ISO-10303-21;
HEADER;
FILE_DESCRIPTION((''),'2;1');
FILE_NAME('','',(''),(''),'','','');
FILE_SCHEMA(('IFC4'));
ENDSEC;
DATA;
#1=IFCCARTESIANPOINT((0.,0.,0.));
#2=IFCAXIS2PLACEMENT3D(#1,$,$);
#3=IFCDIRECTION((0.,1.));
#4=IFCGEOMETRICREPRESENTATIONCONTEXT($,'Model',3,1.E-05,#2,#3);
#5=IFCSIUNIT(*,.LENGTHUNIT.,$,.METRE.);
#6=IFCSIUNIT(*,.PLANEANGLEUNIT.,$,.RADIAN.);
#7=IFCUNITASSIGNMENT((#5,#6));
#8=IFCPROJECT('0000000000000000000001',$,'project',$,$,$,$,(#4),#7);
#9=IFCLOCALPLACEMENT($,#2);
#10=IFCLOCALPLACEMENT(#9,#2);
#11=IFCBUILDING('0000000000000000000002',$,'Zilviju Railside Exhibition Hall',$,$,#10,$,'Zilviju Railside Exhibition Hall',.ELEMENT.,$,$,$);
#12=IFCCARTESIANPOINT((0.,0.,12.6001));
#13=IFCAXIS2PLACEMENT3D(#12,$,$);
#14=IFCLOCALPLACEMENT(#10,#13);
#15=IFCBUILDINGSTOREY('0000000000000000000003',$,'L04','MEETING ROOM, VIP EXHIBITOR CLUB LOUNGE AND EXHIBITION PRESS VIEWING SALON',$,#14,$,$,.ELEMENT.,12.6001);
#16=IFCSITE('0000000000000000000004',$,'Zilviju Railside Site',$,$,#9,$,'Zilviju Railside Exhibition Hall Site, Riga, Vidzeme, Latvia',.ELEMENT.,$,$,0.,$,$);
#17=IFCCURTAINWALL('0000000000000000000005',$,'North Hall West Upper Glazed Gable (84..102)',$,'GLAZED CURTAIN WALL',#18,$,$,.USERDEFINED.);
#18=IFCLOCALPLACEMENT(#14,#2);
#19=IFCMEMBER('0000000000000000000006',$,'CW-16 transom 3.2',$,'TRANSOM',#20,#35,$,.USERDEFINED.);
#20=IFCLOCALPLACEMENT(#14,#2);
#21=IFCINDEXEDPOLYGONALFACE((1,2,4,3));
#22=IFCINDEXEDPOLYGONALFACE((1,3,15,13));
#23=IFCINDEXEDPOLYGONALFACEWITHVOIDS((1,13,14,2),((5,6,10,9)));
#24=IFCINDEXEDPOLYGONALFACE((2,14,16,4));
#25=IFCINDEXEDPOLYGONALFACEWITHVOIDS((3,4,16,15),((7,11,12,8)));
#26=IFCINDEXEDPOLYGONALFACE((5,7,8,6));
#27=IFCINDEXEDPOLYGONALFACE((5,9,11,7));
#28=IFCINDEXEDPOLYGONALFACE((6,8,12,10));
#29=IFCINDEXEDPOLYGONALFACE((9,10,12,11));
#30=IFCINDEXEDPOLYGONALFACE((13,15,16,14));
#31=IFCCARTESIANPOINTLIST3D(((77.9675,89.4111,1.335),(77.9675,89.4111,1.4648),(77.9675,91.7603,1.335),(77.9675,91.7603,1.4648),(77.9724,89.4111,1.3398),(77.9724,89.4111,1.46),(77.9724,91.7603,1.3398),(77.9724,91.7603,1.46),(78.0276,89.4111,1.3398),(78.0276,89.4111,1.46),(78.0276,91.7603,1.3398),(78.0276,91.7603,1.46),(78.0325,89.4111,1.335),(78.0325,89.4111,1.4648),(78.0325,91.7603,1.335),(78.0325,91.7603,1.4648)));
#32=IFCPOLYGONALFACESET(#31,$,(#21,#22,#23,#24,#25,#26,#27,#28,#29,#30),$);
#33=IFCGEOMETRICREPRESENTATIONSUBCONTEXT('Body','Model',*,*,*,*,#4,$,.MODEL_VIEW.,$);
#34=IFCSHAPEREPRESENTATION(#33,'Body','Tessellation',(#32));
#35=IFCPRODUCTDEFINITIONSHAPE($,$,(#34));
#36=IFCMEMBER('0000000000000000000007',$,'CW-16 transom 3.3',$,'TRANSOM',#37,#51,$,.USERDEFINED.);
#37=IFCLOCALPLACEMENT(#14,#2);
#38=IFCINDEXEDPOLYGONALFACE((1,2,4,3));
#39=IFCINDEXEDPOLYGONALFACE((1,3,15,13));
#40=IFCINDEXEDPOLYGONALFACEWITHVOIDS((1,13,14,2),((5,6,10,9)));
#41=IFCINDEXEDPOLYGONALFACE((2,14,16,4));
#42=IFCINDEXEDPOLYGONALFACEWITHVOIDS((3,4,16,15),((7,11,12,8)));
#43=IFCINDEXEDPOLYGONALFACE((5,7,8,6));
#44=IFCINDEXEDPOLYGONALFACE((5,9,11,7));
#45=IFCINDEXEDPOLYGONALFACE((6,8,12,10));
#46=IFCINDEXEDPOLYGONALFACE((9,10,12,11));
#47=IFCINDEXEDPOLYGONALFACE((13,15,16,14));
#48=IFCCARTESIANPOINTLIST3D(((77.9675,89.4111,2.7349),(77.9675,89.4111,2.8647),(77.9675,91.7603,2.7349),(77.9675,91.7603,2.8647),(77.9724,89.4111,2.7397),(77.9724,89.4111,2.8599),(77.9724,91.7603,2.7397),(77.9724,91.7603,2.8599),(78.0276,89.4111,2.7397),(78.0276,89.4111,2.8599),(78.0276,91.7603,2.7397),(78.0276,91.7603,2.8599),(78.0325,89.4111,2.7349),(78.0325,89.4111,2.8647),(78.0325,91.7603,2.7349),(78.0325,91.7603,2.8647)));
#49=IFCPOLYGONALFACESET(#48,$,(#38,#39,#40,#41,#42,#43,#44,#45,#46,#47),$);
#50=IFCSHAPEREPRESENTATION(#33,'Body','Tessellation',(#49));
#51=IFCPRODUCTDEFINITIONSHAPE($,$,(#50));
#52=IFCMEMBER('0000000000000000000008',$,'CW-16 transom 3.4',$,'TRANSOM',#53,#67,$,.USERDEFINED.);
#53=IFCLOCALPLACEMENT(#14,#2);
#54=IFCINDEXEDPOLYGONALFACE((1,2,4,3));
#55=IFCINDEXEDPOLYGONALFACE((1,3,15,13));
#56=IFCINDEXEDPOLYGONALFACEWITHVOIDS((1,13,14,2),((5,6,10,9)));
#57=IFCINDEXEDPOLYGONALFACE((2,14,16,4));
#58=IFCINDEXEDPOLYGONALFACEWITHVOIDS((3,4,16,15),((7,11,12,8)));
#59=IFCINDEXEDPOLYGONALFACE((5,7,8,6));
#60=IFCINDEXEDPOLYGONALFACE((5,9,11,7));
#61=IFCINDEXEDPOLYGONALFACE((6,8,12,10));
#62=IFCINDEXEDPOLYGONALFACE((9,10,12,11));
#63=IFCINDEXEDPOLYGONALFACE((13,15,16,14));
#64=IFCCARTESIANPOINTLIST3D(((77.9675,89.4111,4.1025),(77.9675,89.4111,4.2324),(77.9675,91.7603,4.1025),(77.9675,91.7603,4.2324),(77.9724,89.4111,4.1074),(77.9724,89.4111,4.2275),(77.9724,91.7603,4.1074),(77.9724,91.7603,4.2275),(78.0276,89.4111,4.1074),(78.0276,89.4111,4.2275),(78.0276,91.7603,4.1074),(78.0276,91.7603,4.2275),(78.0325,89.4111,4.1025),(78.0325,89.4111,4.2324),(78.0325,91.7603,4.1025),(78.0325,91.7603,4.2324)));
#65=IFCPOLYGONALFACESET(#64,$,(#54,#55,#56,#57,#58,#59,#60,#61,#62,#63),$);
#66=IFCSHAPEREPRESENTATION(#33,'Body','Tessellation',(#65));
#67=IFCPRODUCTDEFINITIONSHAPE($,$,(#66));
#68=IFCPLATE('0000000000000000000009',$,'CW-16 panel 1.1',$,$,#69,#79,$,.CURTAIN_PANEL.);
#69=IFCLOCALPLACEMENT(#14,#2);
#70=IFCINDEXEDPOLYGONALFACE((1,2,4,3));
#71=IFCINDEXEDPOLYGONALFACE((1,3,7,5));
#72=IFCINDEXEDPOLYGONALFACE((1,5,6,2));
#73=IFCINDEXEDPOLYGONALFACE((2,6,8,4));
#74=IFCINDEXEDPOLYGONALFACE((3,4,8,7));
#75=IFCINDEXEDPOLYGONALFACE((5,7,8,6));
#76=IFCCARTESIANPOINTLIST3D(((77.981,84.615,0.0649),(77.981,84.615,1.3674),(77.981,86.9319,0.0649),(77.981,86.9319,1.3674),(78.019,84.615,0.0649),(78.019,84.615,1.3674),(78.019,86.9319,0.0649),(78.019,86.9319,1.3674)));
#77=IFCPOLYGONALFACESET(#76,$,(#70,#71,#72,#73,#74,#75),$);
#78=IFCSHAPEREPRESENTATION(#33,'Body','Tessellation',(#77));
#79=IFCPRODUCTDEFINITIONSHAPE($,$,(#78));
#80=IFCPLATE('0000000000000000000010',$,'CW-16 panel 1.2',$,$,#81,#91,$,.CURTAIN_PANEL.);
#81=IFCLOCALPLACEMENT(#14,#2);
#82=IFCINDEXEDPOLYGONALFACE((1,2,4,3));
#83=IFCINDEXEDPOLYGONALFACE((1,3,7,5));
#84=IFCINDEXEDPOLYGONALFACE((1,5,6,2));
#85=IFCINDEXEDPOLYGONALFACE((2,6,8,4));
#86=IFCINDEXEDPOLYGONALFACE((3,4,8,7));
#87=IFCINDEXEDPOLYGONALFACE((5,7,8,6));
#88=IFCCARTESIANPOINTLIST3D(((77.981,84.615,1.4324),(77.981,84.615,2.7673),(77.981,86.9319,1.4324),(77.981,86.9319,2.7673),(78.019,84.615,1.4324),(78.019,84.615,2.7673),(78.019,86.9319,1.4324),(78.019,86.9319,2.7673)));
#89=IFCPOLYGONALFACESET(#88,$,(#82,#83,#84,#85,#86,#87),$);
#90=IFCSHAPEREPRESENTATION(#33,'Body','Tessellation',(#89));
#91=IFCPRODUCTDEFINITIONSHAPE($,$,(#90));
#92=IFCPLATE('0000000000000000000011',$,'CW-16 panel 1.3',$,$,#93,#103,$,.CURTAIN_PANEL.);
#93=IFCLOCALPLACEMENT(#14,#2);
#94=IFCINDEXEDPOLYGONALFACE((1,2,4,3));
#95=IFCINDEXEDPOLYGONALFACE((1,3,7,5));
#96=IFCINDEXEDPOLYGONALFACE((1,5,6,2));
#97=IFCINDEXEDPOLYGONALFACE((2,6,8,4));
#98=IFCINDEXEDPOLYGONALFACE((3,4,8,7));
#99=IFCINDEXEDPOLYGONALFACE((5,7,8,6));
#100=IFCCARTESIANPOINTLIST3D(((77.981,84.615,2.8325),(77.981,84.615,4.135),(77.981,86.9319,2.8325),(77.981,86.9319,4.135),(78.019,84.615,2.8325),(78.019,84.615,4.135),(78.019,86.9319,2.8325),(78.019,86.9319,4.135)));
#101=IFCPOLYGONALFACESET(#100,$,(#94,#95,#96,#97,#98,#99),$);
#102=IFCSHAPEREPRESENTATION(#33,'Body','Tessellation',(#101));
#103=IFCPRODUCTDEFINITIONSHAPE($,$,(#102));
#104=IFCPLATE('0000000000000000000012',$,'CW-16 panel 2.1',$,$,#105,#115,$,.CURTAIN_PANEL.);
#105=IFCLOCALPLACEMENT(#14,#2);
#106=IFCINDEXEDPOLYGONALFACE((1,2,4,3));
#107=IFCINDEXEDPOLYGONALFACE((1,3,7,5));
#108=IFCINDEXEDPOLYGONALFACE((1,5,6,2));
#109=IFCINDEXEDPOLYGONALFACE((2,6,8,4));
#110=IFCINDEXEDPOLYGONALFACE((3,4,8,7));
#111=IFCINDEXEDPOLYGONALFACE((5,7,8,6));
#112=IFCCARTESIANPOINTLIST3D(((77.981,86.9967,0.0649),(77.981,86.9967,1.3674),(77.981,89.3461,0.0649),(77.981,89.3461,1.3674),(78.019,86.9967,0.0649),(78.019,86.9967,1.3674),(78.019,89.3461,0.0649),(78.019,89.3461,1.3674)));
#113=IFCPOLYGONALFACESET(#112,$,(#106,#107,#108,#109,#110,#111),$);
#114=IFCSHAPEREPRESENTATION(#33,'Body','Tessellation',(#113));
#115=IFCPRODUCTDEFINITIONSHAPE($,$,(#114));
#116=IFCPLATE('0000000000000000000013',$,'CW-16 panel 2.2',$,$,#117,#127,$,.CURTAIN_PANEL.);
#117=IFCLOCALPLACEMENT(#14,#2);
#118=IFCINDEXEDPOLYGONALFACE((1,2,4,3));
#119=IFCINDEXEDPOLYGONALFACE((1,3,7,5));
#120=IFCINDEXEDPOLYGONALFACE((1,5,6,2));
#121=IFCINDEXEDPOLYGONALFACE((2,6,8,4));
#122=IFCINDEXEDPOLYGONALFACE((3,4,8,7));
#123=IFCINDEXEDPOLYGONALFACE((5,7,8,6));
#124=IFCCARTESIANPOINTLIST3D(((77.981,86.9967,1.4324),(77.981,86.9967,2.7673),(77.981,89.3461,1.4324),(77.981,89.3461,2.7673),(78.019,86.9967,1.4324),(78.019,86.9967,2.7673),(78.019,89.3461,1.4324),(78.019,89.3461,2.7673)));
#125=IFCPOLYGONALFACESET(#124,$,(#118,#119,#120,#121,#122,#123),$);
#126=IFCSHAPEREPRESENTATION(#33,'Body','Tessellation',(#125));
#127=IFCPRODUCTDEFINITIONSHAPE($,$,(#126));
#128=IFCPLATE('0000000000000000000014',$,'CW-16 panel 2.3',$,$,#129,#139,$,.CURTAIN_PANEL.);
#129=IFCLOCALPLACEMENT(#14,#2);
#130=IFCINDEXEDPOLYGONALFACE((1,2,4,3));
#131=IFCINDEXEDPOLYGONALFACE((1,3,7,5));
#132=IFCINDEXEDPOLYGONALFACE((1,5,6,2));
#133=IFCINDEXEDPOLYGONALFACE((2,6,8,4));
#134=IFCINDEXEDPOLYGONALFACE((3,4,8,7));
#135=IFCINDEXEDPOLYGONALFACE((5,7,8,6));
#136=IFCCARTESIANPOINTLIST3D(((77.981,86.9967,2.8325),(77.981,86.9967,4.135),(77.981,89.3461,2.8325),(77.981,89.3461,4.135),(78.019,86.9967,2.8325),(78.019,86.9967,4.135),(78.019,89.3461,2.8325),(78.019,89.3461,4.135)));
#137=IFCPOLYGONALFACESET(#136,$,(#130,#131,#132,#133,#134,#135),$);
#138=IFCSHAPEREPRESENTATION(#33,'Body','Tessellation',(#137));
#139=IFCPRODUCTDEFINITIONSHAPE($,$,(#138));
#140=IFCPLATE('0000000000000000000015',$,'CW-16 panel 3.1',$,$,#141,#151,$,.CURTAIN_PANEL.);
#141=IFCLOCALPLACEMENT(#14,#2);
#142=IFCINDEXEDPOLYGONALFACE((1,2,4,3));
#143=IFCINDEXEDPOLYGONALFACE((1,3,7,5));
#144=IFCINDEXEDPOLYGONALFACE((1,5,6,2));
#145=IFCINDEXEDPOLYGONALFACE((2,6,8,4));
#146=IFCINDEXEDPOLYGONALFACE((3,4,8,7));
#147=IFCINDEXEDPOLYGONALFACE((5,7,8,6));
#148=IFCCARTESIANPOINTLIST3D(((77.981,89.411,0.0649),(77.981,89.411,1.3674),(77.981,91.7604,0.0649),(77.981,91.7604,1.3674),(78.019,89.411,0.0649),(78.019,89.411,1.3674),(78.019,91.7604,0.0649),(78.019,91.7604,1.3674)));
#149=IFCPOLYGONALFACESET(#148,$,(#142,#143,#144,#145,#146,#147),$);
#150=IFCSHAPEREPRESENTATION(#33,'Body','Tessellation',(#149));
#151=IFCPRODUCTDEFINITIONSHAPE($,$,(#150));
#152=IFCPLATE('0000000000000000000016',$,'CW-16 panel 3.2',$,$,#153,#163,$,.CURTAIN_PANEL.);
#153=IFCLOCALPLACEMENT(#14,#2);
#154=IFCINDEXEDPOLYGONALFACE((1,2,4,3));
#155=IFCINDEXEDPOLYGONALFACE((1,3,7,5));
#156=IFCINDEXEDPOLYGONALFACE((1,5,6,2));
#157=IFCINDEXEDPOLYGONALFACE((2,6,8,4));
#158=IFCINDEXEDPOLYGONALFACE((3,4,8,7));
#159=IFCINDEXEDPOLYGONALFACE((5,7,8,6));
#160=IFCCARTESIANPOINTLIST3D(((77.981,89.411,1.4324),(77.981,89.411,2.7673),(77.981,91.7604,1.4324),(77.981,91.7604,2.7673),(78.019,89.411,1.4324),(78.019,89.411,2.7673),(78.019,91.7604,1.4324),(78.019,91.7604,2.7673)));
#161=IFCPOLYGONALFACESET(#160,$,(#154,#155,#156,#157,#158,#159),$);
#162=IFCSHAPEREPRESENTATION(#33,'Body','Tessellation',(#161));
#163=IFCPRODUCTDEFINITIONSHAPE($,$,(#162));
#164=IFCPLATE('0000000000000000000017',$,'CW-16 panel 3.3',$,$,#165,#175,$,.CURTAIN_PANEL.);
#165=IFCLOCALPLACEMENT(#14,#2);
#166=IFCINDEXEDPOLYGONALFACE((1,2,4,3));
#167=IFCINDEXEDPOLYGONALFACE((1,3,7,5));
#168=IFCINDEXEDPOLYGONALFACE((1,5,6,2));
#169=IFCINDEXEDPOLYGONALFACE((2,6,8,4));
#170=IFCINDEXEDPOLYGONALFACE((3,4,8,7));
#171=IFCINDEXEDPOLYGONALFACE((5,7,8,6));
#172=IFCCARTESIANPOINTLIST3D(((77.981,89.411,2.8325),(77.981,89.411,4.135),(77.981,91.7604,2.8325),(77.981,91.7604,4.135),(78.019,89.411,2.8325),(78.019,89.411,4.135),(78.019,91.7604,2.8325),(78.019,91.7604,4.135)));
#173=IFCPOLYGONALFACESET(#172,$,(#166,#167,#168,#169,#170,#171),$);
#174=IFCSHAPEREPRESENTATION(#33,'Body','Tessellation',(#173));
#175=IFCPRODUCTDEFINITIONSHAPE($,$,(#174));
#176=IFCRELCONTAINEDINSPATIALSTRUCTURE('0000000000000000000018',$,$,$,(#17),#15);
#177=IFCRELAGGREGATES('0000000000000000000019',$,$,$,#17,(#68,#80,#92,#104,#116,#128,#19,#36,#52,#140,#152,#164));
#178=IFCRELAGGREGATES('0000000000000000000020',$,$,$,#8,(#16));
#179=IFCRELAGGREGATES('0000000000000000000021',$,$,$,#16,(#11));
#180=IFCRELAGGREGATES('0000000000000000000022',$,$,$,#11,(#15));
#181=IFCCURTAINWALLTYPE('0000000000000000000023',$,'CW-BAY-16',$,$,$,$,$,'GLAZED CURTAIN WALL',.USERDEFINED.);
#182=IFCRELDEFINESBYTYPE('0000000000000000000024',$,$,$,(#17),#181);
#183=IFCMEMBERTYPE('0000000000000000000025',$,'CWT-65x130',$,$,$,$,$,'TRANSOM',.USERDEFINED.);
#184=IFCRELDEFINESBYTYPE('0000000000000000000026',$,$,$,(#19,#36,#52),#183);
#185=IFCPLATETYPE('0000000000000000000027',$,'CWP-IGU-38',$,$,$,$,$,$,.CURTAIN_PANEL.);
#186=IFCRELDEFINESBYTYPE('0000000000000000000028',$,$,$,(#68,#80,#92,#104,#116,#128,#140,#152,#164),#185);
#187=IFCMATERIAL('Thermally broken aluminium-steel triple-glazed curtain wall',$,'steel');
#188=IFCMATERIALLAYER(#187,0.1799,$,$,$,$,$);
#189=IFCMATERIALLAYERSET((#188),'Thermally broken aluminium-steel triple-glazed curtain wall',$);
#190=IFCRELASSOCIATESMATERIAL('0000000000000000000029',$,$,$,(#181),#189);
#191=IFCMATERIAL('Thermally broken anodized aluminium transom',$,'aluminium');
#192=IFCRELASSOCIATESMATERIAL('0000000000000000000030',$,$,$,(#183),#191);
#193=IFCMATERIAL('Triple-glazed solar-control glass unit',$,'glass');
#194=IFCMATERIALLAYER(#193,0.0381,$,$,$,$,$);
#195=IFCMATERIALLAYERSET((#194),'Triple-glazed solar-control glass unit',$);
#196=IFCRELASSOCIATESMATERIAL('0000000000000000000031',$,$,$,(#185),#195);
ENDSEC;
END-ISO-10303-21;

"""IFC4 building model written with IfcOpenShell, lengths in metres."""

from ifc_helpers import new_model, si_unit, direction, frame, origin, origin_2d, place, context, subcontext, project, spatial, rectangle, hollow_rectangle, extrude, material, layer, layer_set, material_profile, profile_set, type_object, element, aggregate, save


model = new_model("IFC4")

# Units and contexts
model_context = context("Model", 3, precision=1e-05, world=origin(), true_north=direction((0.0, 1.0)))
body_context = subcontext(model_context, "Body", "Model", "MODEL_VIEW")
ifc_project = project(units=[si_unit("LENGTHUNIT", "METRE"), si_unit("PLANEANGLEUNIT", "RADIAN")], contexts=[model_context])

# Site, building, storey
site_placement = place(None, origin())
site = spatial("IfcSite", under=ifc_project, at=site_placement, Name="Zilviju Railside Site", LongName="Zilviju Railside Exhibition Hall Site, Riga, Vidzeme, Latvia", CompositionType="ELEMENT", RefElevation=0.0)
building_placement = place(site_placement, origin())
building = spatial("IfcBuilding", under=site, at=building_placement, Name="Zilviju Railside Exhibition Hall", LongName="Zilviju Railside Exhibition Hall", CompositionType="ELEMENT")
storey_placement = place(building_placement, frame((0.0, 0.0, 12.6001)))
storey = spatial("IfcBuildingStorey", under=building, at=storey_placement, Name="L04", Description="MEETING ROOM, VIP EXHIBITOR CLUB LOUNGE AND EXHIBITION PRESS VIEWING SALON", CompositionType="ELEMENT", Elevation=12.6001)

# Curtain wall, members, plates
ifc_material_1 = material(Name="Thermally broken aluminium-steel triple-glazed curtain wall", Category="steel")
ifc_layer_1 = layer(ifc_material_1, 0.1799)
ifc_layer_set_1 = layer_set([ifc_layer_1], Name="Thermally broken aluminium-steel triple-glazed curtain wall")
curtain_wall_type = type_object("IfcCurtainWallType", Name="CW-BAY-16", ElementType="GLAZED CURTAIN WALL", PredefinedType="USERDEFINED", material=ifc_layer_set_1)
curtain_wall_placement = place(storey_placement, origin())
curtain_wall = element("IfcCurtainWall", 1, at=curtain_wall_placement, inside=storey, type_object=curtain_wall_type, Name="North Hall West Upper Glazed Gable (84..102)", ObjectType="GLAZED CURTAIN WALL", PredefinedType="USERDEFINED")
ifc_material_2 = material(Name="Thermally broken anodized aluminium transom", Category="aluminium")
ifc_material_profile_1 = material_profile(ifc_material_2, hollow_rectangle(XDim=0.0649, YDim=0.1299, WallThickness=0.0049, at=origin_2d()), Name="TRANSOM 130x65x5")
ifc_profile_set_1 = profile_set([ifc_material_profile_1], Name="Thermally broken anodized aluminium transom")
member_type_1 = type_object("IfcMemberType", Name="CWT-65x130", ElementType="TRANSOM", PredefinedType="USERDEFINED", material=ifc_profile_set_1)
member_1_placement = place(storey_placement, frame((78.0, 89.4111, 1.3999), z_axis=(0.0, 1.0, 0.0), x_axis=(-1.0, 0.0, 0.0)))
member_1 = element("IfcMember", 2, at=member_1_placement, type_object=member_type_1, Name="CW-16 transom 3.2", ObjectType="TRANSOM", PredefinedType="USERDEFINED", context=body_context, shape_type="SweptSolid", body=[
    extrude(hollow_rectangle(XDim=0.0649, YDim=0.1299, WallThickness=0.0049, at=origin_2d()), origin(), (0.0, 0.0, 1.0), 2.3491),
])
member_2_placement = place(storey_placement, frame((78.0, 89.4111, 2.7998), z_axis=(0.0, 1.0, 0.0), x_axis=(-1.0, 0.0, 0.0)))
member_2 = element("IfcMember", 3, at=member_2_placement, type_object=member_type_1, Name="CW-16 transom 3.3", ObjectType="TRANSOM", PredefinedType="USERDEFINED", context=body_context, shape_type="SweptSolid", body=[
    extrude(hollow_rectangle(XDim=0.0649, YDim=0.1299, WallThickness=0.0049, at=origin_2d()), origin(), (0.0, 0.0, 1.0), 2.3491),
])
member_3_placement = place(storey_placement, frame((78.0, 89.4111, 4.1675), z_axis=(0.0, 1.0, 0.0), x_axis=(-1.0, 0.0, 0.0)))
member_3 = element("IfcMember", 4, at=member_3_placement, type_object=member_type_1, Name="CW-16 transom 3.4", ObjectType="TRANSOM", PredefinedType="USERDEFINED", context=body_context, shape_type="SweptSolid", body=[
    extrude(hollow_rectangle(XDim=0.0649, YDim=0.1299, WallThickness=0.0049, at=origin_2d()), origin(), (0.0, 0.0, 1.0), 2.3491),
])
ifc_material_3 = material(Name="Triple-glazed solar-control glass unit", Category="glass")
ifc_layer_2 = layer(ifc_material_3, 0.0381)
ifc_layer_set_2 = layer_set([ifc_layer_2], Name="Triple-glazed solar-control glass unit")
plate_type = type_object("IfcPlateType", Name="CWP-IGU-38", PredefinedType="CURTAIN_PANEL", material=ifc_layer_set_2)
plate_1_placement = place(storey_placement, frame((78.0, 85.7734, 0.0649), z_axis=(0.0, 0.0, 1.0), x_axis=(0.0, 1.0, 0.0)))
plate_1 = element("IfcPlate", 5, at=plate_1_placement, type_object=plate_type, Name="CW-16 panel 1.1", PredefinedType="CURTAIN_PANEL", context=body_context, shape_type="SweptSolid", body=[
    extrude(rectangle(XDim=2.3169, YDim=0.0381, at=origin_2d()), origin(), (0.0, 0.0, 1.0), 1.3025),
])
plate_2_placement = place(storey_placement, frame((78.0, 85.7734, 1.4324), z_axis=(0.0, 0.0, 1.0), x_axis=(0.0, 1.0, 0.0)))
plate_2 = element("IfcPlate", 6, at=plate_2_placement, type_object=plate_type, Name="CW-16 panel 1.2", PredefinedType="CURTAIN_PANEL", context=body_context, shape_type="SweptSolid", body=[
    extrude(rectangle(XDim=2.3169, YDim=0.0381, at=origin_2d()), origin(), (0.0, 0.0, 1.0), 1.335),
])
plate_3_placement = place(storey_placement, frame((78.0, 85.7734, 2.8325), z_axis=(0.0, 0.0, 1.0), x_axis=(0.0, 1.0, 0.0)))
plate_3 = element("IfcPlate", 7, at=plate_3_placement, type_object=plate_type, Name="CW-16 panel 1.3", PredefinedType="CURTAIN_PANEL", context=body_context, shape_type="SweptSolid", body=[
    extrude(rectangle(XDim=2.3169, YDim=0.0381, at=origin_2d()), origin(), (0.0, 0.0, 1.0), 1.3025),
])
plate_4_placement = place(storey_placement, frame((78.0, 88.1714, 0.0649), z_axis=(0.0, 0.0, 1.0), x_axis=(0.0, 1.0, 0.0)))
plate_4 = element("IfcPlate", 8, at=plate_4_placement, type_object=plate_type, Name="CW-16 panel 2.1", PredefinedType="CURTAIN_PANEL", context=body_context, shape_type="SweptSolid", body=[
    extrude(rectangle(XDim=2.3494, YDim=0.0381, at=origin_2d()), origin(), (0.0, 0.0, 1.0), 1.3025),
])
plate_5_placement = place(storey_placement, frame((78.0, 88.1714, 1.4324), z_axis=(0.0, 0.0, 1.0), x_axis=(0.0, 1.0, 0.0)))
plate_5 = element("IfcPlate", 9, at=plate_5_placement, type_object=plate_type, Name="CW-16 panel 2.2", PredefinedType="CURTAIN_PANEL", context=body_context, shape_type="SweptSolid", body=[
    extrude(rectangle(XDim=2.3494, YDim=0.0381, at=origin_2d()), origin(), (0.0, 0.0, 1.0), 1.335),
])
plate_6_placement = place(storey_placement, frame((78.0, 88.1714, 2.8325), z_axis=(0.0, 0.0, 1.0), x_axis=(0.0, 1.0, 0.0)))
plate_6 = element("IfcPlate", 10, at=plate_6_placement, type_object=plate_type, Name="CW-16 panel 2.3", PredefinedType="CURTAIN_PANEL", context=body_context, shape_type="SweptSolid", body=[
    extrude(rectangle(XDim=2.3494, YDim=0.0381, at=origin_2d()), origin(), (0.0, 0.0, 1.0), 1.3025),
])
plate_7_placement = place(storey_placement, frame((78.0, 90.5857, 0.0649), z_axis=(0.0, 0.0, 1.0), x_axis=(0.0, 1.0, 0.0)))
plate_7 = element("IfcPlate", 11, at=plate_7_placement, type_object=plate_type, Name="CW-16 panel 3.1", PredefinedType="CURTAIN_PANEL", context=body_context, shape_type="SweptSolid", body=[
    extrude(rectangle(XDim=2.3494, YDim=0.0381, at=origin_2d()), origin(), (0.0, 0.0, 1.0), 1.3025),
])
plate_8_placement = place(storey_placement, frame((78.0, 90.5857, 1.4324), z_axis=(0.0, 0.0, 1.0), x_axis=(0.0, 1.0, 0.0)))
plate_8 = element("IfcPlate", 12, at=plate_8_placement, type_object=plate_type, Name="CW-16 panel 3.2", PredefinedType="CURTAIN_PANEL", context=body_context, shape_type="SweptSolid", body=[
    extrude(rectangle(XDim=2.3494, YDim=0.0381, at=origin_2d()), origin(), (0.0, 0.0, 1.0), 1.335),
])
plate_9_placement = place(storey_placement, frame((78.0, 90.5857, 2.8325), z_axis=(0.0, 0.0, 1.0), x_axis=(0.0, 1.0, 0.0)))
plate_9 = element("IfcPlate", 13, at=plate_9_placement, type_object=plate_type, Name="CW-16 panel 3.3", PredefinedType="CURTAIN_PANEL", context=body_context, shape_type="SweptSolid", body=[
    extrude(rectangle(XDim=2.3494, YDim=0.0381, at=origin_2d()), origin(), (0.0, 0.0, 1.0), 1.3025),
])
aggregate(curtain_wall, [plate_1, plate_2, plate_3, plate_4, plate_5, plate_6, member_1, member_2, member_3, plate_7, plate_8, plate_9])

save(model, "model.ifc")
